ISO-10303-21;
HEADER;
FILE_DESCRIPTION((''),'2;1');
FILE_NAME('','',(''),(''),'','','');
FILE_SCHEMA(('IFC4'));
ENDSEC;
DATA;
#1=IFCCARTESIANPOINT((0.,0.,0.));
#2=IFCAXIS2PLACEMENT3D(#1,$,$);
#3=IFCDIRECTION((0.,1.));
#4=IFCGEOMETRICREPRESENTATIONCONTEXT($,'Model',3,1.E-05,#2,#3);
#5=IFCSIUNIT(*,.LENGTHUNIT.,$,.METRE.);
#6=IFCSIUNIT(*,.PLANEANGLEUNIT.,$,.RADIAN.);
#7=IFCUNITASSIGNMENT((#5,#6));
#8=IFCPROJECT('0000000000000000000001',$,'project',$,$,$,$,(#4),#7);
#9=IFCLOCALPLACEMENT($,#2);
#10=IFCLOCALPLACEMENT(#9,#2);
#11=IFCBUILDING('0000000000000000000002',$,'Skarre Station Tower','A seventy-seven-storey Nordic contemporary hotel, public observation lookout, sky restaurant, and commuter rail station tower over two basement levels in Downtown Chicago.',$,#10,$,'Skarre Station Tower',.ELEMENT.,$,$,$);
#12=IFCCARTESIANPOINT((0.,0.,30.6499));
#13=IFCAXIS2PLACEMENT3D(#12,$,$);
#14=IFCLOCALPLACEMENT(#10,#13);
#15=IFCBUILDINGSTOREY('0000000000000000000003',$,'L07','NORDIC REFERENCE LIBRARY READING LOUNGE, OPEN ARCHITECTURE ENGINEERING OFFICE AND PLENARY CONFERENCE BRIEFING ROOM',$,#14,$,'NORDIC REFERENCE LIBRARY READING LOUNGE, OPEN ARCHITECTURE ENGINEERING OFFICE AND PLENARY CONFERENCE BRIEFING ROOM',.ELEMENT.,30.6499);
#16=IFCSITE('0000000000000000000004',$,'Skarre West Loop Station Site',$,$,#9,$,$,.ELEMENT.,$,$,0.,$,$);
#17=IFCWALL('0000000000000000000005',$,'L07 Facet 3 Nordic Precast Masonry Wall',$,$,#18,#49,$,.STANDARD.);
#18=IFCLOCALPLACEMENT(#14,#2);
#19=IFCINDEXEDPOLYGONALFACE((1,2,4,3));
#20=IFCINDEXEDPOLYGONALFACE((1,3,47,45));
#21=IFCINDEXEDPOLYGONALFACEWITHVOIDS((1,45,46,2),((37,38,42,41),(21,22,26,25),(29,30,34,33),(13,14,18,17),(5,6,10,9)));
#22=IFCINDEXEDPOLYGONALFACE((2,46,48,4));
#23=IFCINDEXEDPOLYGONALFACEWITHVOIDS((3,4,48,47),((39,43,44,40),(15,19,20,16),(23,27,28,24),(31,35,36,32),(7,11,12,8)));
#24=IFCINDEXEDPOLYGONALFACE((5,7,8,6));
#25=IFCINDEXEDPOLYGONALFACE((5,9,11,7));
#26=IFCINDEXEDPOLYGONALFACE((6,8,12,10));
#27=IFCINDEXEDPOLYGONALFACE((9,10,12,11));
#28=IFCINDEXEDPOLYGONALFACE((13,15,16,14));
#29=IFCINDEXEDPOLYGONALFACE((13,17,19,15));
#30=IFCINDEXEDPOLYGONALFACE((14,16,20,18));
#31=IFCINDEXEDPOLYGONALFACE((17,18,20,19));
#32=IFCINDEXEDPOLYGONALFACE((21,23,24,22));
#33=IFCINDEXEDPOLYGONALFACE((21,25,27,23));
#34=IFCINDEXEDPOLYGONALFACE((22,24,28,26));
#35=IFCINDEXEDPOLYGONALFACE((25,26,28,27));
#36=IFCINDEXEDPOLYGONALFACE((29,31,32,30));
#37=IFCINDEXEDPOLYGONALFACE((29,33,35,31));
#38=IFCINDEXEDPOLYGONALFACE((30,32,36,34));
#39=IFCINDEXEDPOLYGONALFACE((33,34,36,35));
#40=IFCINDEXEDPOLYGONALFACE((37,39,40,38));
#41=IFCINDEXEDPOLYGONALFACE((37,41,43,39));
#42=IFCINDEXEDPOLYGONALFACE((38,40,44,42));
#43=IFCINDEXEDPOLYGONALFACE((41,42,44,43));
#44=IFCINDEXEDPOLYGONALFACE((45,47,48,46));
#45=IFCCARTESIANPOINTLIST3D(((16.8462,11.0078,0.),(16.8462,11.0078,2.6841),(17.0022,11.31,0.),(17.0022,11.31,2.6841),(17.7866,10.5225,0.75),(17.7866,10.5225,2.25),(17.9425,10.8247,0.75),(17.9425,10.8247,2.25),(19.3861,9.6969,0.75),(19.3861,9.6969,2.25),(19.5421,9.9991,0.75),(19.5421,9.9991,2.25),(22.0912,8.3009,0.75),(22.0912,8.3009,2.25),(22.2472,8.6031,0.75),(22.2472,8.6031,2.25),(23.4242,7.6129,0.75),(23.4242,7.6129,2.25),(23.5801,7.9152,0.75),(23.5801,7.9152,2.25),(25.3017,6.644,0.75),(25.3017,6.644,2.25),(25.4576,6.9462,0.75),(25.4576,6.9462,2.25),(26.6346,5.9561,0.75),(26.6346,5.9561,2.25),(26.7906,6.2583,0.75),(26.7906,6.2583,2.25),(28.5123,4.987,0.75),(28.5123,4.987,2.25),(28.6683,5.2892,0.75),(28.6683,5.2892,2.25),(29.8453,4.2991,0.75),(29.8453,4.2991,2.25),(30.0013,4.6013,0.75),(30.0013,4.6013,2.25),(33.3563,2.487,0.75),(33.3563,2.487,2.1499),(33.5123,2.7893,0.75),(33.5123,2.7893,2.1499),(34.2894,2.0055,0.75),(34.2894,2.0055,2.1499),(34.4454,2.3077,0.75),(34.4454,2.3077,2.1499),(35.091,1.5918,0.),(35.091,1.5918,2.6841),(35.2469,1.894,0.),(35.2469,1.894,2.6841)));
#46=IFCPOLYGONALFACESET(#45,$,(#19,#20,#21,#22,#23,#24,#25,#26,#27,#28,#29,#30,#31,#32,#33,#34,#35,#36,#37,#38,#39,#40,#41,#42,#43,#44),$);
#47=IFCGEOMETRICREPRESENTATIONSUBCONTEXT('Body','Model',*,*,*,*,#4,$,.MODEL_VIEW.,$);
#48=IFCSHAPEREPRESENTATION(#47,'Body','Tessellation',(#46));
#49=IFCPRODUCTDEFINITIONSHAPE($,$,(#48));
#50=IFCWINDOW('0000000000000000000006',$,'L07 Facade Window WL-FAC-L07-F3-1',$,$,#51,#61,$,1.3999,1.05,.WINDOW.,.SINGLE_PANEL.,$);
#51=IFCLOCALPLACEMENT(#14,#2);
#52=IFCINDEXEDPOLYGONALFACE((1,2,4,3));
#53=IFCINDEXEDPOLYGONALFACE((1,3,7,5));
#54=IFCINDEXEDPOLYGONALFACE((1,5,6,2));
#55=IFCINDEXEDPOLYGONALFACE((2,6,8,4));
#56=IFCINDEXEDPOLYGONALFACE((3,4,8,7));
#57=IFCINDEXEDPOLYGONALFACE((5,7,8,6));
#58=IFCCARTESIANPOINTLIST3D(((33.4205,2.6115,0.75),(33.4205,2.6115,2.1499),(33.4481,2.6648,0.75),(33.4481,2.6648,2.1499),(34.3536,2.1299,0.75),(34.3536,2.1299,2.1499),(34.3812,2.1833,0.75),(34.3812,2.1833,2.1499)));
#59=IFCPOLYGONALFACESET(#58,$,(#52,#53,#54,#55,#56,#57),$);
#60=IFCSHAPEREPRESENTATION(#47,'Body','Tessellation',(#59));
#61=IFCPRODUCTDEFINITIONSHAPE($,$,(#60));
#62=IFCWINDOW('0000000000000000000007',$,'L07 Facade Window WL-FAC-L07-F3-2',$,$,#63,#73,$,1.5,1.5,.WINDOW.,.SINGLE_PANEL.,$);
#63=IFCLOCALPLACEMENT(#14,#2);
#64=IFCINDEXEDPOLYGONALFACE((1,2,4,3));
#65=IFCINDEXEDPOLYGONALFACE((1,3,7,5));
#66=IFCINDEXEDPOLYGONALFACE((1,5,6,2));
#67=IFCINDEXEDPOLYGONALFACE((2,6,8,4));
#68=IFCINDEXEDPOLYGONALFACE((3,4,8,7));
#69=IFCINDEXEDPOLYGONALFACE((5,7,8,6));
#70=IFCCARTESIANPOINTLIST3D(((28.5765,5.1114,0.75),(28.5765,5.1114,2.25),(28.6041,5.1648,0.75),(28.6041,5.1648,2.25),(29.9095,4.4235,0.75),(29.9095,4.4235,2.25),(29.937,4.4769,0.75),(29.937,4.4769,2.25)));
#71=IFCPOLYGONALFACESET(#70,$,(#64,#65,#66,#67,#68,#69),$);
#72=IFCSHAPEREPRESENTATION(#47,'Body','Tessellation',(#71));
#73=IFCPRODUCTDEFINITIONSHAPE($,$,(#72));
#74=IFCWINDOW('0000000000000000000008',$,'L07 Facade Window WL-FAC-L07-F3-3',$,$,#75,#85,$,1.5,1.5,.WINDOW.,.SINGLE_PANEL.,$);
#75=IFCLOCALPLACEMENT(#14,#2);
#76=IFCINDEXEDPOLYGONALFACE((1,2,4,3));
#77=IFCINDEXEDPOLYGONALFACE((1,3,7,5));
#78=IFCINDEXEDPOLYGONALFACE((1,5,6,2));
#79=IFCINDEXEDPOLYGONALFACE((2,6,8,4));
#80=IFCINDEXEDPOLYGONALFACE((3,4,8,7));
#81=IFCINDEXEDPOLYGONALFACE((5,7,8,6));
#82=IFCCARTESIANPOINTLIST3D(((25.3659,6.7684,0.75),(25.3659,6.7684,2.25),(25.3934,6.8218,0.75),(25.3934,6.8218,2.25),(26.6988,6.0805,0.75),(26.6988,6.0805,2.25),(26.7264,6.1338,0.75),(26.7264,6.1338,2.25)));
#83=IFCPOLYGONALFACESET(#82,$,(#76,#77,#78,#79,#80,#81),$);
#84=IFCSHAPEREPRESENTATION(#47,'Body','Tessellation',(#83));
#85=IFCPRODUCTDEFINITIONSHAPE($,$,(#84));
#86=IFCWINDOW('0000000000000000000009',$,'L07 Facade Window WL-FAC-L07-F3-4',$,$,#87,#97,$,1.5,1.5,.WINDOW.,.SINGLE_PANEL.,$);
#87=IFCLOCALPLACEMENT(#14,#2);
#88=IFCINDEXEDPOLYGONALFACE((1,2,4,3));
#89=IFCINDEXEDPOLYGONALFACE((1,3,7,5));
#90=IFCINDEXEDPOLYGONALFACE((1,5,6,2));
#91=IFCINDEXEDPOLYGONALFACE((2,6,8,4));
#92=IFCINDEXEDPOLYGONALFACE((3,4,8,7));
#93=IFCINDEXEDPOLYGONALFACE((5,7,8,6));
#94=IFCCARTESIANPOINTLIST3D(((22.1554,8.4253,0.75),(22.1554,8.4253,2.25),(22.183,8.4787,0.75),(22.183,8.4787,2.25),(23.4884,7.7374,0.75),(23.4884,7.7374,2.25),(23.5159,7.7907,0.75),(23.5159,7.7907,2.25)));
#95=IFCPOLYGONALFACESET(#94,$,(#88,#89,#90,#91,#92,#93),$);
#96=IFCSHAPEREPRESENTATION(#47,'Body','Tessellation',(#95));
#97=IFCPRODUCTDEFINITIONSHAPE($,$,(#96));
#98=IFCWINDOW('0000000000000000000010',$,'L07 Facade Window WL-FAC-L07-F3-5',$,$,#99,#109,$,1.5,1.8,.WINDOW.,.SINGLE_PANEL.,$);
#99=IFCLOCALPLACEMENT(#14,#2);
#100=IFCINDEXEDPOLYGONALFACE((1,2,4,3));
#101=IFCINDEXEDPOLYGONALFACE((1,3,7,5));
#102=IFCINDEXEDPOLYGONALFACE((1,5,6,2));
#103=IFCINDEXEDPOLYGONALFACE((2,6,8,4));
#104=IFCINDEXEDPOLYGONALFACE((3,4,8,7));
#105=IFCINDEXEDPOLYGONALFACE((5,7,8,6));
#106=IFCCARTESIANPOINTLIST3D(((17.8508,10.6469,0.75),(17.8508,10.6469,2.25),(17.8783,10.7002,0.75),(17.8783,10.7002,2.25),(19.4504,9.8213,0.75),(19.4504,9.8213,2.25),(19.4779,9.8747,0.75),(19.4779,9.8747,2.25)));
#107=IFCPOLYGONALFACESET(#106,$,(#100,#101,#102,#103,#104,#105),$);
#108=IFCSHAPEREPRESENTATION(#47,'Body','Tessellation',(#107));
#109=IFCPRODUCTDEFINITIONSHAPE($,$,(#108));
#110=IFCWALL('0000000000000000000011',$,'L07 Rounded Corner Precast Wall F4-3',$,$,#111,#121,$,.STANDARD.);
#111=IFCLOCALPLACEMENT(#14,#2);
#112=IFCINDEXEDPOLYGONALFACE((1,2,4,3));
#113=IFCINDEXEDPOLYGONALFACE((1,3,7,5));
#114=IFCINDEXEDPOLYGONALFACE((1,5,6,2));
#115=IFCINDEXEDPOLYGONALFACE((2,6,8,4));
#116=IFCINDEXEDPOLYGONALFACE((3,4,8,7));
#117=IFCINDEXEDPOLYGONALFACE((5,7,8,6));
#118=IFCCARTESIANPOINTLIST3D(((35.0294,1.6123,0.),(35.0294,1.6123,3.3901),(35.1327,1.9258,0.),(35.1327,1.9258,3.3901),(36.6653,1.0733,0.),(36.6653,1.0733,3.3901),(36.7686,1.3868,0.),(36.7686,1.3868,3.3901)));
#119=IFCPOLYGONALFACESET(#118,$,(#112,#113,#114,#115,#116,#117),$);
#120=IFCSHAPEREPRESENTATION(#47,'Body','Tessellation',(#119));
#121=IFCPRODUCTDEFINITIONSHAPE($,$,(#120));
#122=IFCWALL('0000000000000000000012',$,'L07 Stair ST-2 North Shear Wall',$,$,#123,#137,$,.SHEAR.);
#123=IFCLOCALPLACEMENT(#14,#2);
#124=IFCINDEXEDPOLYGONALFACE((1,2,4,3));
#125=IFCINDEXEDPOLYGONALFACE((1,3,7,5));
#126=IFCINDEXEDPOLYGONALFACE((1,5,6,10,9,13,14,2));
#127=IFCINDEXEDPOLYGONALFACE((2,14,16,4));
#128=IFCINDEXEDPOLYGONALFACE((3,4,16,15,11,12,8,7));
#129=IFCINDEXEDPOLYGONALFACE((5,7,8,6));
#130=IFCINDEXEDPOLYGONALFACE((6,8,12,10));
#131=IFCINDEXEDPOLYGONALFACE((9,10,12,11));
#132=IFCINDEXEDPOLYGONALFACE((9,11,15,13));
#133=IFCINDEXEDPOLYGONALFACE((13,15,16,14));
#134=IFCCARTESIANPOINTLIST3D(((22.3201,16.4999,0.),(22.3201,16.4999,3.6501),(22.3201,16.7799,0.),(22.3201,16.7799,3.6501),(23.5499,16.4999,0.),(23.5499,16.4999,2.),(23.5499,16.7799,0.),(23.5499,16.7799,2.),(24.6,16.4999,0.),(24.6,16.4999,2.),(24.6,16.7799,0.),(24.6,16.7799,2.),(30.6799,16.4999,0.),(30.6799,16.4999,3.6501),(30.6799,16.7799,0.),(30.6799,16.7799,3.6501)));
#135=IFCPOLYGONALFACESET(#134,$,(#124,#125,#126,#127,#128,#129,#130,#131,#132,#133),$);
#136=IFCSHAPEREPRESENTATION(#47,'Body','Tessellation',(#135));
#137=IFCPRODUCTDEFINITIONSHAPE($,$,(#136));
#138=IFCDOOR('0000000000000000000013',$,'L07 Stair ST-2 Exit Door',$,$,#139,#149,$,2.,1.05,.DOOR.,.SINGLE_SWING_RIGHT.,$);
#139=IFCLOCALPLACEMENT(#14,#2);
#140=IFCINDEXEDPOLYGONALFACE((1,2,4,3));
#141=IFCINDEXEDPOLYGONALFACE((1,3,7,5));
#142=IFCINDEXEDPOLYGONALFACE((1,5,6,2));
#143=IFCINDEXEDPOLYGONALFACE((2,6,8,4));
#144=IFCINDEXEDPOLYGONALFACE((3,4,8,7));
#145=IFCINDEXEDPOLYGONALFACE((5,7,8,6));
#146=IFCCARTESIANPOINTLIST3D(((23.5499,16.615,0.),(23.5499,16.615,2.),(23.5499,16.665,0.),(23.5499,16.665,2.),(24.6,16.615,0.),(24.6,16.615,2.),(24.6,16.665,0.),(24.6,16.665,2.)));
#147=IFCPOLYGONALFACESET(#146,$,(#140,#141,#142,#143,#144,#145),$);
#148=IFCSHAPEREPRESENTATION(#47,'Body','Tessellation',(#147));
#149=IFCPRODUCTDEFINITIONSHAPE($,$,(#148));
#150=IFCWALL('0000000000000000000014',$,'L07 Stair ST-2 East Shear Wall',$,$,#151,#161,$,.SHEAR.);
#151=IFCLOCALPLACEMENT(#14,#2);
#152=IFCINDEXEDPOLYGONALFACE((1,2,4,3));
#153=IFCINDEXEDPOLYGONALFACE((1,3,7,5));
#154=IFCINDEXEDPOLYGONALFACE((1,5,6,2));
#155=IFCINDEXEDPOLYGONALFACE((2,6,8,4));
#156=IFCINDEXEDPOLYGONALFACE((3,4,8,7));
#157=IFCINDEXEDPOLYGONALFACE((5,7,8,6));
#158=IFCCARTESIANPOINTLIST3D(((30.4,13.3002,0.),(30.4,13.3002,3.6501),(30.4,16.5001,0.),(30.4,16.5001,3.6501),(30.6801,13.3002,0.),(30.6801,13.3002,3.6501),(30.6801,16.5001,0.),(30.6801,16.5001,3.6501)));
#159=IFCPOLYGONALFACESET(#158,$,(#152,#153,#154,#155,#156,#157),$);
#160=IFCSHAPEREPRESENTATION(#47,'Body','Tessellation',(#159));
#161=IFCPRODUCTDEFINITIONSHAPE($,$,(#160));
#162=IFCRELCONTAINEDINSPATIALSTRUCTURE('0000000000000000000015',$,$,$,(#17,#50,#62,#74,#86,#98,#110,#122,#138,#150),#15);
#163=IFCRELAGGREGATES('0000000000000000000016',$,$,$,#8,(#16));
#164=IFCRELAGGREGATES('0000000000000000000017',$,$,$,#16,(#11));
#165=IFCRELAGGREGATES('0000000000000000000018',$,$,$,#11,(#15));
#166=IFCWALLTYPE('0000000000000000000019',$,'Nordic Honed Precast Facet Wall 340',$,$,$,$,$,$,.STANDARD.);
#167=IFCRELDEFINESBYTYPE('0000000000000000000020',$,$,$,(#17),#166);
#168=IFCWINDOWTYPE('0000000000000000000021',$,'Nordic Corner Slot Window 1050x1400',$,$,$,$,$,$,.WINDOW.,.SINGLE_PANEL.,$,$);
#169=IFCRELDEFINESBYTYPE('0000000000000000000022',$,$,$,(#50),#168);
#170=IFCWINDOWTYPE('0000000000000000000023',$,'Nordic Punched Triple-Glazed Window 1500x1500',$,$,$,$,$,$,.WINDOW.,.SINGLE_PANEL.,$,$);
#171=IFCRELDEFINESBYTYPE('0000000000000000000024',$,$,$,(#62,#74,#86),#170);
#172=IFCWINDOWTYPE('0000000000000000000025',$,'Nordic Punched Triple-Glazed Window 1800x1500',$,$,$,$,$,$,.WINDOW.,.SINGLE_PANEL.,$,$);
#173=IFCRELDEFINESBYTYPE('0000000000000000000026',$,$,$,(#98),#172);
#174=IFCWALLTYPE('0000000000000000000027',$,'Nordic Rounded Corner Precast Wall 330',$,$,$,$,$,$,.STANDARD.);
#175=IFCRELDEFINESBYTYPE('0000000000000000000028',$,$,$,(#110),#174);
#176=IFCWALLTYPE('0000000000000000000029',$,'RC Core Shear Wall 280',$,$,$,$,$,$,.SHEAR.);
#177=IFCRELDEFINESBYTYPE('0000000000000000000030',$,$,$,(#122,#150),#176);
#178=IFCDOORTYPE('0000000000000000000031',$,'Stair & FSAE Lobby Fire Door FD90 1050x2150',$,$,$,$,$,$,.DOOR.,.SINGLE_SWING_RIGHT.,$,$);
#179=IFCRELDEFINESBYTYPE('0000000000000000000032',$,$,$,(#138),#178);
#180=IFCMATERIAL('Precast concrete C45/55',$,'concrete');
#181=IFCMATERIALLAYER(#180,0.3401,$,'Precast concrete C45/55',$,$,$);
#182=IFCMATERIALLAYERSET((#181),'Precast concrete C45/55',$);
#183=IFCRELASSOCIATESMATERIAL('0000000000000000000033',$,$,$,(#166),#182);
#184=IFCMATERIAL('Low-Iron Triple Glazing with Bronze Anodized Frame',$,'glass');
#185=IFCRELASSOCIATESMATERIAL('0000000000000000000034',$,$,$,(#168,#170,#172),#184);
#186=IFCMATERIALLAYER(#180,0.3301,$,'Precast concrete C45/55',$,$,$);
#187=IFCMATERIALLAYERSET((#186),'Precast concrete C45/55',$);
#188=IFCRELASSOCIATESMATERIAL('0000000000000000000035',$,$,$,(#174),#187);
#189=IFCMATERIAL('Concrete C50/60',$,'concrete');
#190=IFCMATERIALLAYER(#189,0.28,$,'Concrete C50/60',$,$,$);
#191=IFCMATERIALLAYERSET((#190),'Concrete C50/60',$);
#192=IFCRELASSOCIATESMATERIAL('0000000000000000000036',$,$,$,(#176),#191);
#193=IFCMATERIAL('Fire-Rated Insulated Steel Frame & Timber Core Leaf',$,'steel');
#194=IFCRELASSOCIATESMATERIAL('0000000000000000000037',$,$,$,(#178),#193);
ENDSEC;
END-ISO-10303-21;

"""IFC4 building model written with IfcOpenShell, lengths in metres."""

from ifc_helpers import new_model, si_unit, direction, frame, frame_2d, origin, place, context, subcontext, project, spatial, rectangle, extrude, material, layer, layer_set, type_object, element, fill, save


model = new_model("IFC4")

# Units and contexts
model_context = context("Model", 3, precision=1e-05, world=origin(), true_north=direction((0.0, 1.0)))
body_context = subcontext(model_context, "Body", "Model", "MODEL_VIEW")
ifc_project = project(units=[si_unit("LENGTHUNIT", "METRE"), si_unit("PLANEANGLEUNIT", "RADIAN")], contexts=[model_context])

# Site, building, storey
site_placement = place(None, origin())
site = spatial("IfcSite", under=ifc_project, at=site_placement, Name="Skarre West Loop Station Site", CompositionType="ELEMENT", RefElevation=0.0)
building_placement = place(site_placement, origin())
building = spatial("IfcBuilding", under=site, at=building_placement, Name="Skarre Station Tower", Description="A seventy-seven-storey Nordic contemporary hotel, public observation lookout, sky restaurant, and commuter rail station tower over two basement levels in Downtown Chicago.", LongName="Skarre Station Tower", CompositionType="ELEMENT")
storey_placement = place(building_placement, frame((0.0, 0.0, 30.6499)))
storey = spatial("IfcBuildingStorey", under=building, at=storey_placement, Name="L07", Description="NORDIC REFERENCE LIBRARY READING LOUNGE, OPEN ARCHITECTURE ENGINEERING OFFICE AND PLENARY CONFERENCE BRIEFING ROOM", LongName="NORDIC REFERENCE LIBRARY READING LOUNGE, OPEN ARCHITECTURE ENGINEERING OFFICE AND PLENARY CONFERENCE BRIEFING ROOM", CompositionType="ELEMENT", Elevation=30.6499)

# Wall, openings, windows
ifc_material_1 = material(Name="Precast concrete C45/55", Category="concrete")
ifc_layer_1 = layer(ifc_material_1, 0.3401, Name="Precast concrete C45/55")
ifc_layer_set_1 = layer_set([ifc_layer_1], Name="Precast concrete C45/55")
wall_type_1 = type_object("IfcWallType", Name="Nordic Honed Precast Facet Wall 340", PredefinedType="STANDARD", material=ifc_layer_set_1)
wall_1_placement = place(storey_placement, frame((35.1689, 1.7429, 0.0), z_axis=(0.0, 0.0, 1.0), x_axis=(-0.888634, 0.458616, 0.0)))
wall_1 = element("IfcWall", 1, at=wall_1_placement, inside=storey, type_object=wall_type_1, Name="L07 Facet 3 Nordic Precast Masonry Wall", PredefinedType="STANDARD", context=body_context, shape_type="SweptSolid", body=[
    extrude(rectangle(XDim=20.5312, YDim=0.3401, at=frame_2d((10.2656, 0.0))), origin(), (0.0, 0.0, 1.0), 2.6841),
])
opening_1_placement = place(wall_1_placement, frame((0.9021, 0.0, 0.75)))
opening_1 = element("IfcOpeningElement", 2, at=opening_1_placement, cuts=wall_1, PredefinedType="OPENING", context=body_context, shape_type="SweptSolid", body=[
    extrude(rectangle(XDim=1.05, YDim=1.3999, at=frame_2d((0.5249, 0.7))), frame((0.0, 0.1799, 0.0), z_axis=(0.0, -1.0, 0.0), x_axis=(1.0, 0.0, 0.0)), (0.0, 0.0, 1.0), 0.3601),
])
opening_2_placement = place(wall_1_placement, frame((5.9031, 0.0, 0.75)))
opening_2 = element("IfcOpeningElement", 3, at=opening_2_placement, cuts=wall_1, PredefinedType="OPENING", context=body_context, shape_type="SweptSolid", body=[
    extrude(rectangle(XDim=1.5, YDim=1.5, at=frame_2d((0.75, 0.75))), frame((0.0, 0.1799, 0.0), z_axis=(0.0, -1.0, 0.0), x_axis=(1.0, 0.0, 0.0)), (0.0, 0.0, 1.0), 0.3601),
])
opening_3_placement = place(wall_1_placement, frame((9.5161, 0.0, 0.75)))
opening_3 = element("IfcOpeningElement", 4, at=opening_3_placement, cuts=wall_1, PredefinedType="OPENING", context=body_context, shape_type="SweptSolid", body=[
    extrude(rectangle(XDim=1.5, YDim=1.5, at=frame_2d((0.75, 0.75))), frame((0.0, 0.1799, 0.0), z_axis=(0.0, -1.0, 0.0), x_axis=(1.0, 0.0, 0.0)), (0.0, 0.0, 1.0), 0.3601),
])
opening_4_placement = place(wall_1_placement, frame((13.1289, 0.0, 0.75)))
opening_4 = element("IfcOpeningElement", 5, at=opening_4_placement, cuts=wall_1, PredefinedType="OPENING", context=body_context, shape_type="SweptSolid", body=[
    extrude(rectangle(XDim=1.5, YDim=1.5, at=frame_2d((0.75, 0.75))), frame((0.0, 0.1799, 0.0), z_axis=(0.0, -1.0, 0.0), x_axis=(1.0, 0.0, 0.0)), (0.0, 0.0, 1.0), 0.3601),
])
opening_5_placement = place(wall_1_placement, frame((17.6731, 0.0, 0.75)))
opening_5 = element("IfcOpeningElement", 6, at=opening_5_placement, cuts=wall_1, PredefinedType="OPENING", context=body_context, shape_type="SweptSolid", body=[
    extrude(rectangle(XDim=1.8, YDim=1.5, at=frame_2d((0.8999, 0.75))), frame((0.0, 0.1799, 0.0), z_axis=(0.0, -1.0, 0.0), x_axis=(1.0, 0.0, 0.0)), (0.0, 0.0, 1.0), 0.3601),
])
ifc_material_2 = material(Name="Low-Iron Triple Glazing with Bronze Anodized Frame", Category="glass")
window_type_1 = type_object("IfcWindowType", Name="Nordic Corner Slot Window 1050x1400", PartitioningType="SINGLE_PANEL", PredefinedType="WINDOW", material=ifc_material_2)
window_1_placement = place(opening_1_placement, origin())
window_1 = element("IfcWindow", 7, at=window_1_placement, inside=storey, type_object=window_type_1, Name="L07 Facade Window WL-FAC-L07-F3-1", OverallHeight=1.3999, OverallWidth=1.05, PartitioningType="SINGLE_PANEL", PredefinedType="WINDOW", context=body_context, shape_type="SweptSolid", body=[
    extrude(rectangle(XDim=1.05, YDim=1.3999, at=frame_2d((0.5249, 0.7))), frame((0.0, 0.03, 0.0), z_axis=(0.0, -1.0, 0.0), x_axis=(1.0, 0.0, 0.0)), (0.0, 0.0, 1.0), 0.0601),
])
fill(opening_1, window_1)
window_type_2 = type_object("IfcWindowType", Name="Nordic Punched Triple-Glazed Window 1500x1500", PartitioningType="SINGLE_PANEL", PredefinedType="WINDOW", material=ifc_material_2)
window_2_placement = place(opening_2_placement, origin())
window_2 = element("IfcWindow", 8, at=window_2_placement, inside=storey, type_object=window_type_2, Name="L07 Facade Window WL-FAC-L07-F3-2", OverallHeight=1.5, OverallWidth=1.5, PartitioningType="SINGLE_PANEL", PredefinedType="WINDOW", context=body_context, shape_type="SweptSolid", body=[
    extrude(rectangle(XDim=1.5, YDim=1.5, at=frame_2d((0.75, 0.75))), frame((0.0, 0.03, 0.0), z_axis=(0.0, -1.0, 0.0), x_axis=(1.0, 0.0, 0.0)), (0.0, 0.0, 1.0), 0.0601),
])
fill(opening_2, window_2)
window_3_placement = place(opening_3_placement, origin())
window_3 = element("IfcWindow", 9, at=window_3_placement, inside=storey, type_object=window_type_2, Name="L07 Facade Window WL-FAC-L07-F3-3", OverallHeight=1.5, OverallWidth=1.5, PartitioningType="SINGLE_PANEL", PredefinedType="WINDOW", context=body_context, shape_type="SweptSolid", body=[
    extrude(rectangle(XDim=1.5, YDim=1.5, at=frame_2d((0.75, 0.75))), frame((0.0, 0.03, 0.0), z_axis=(0.0, -1.0, 0.0), x_axis=(1.0, 0.0, 0.0)), (0.0, 0.0, 1.0), 0.0601),
])
fill(opening_3, window_3)
window_4_placement = place(opening_4_placement, origin())
window_4 = element("IfcWindow", 10, at=window_4_placement, inside=storey, type_object=window_type_2, Name="L07 Facade Window WL-FAC-L07-F3-4", OverallHeight=1.5, OverallWidth=1.5, PartitioningType="SINGLE_PANEL", PredefinedType="WINDOW", context=body_context, shape_type="SweptSolid", body=[
    extrude(rectangle(XDim=1.5, YDim=1.5, at=frame_2d((0.75, 0.75))), frame((0.0, 0.03, 0.0), z_axis=(0.0, -1.0, 0.0), x_axis=(1.0, 0.0, 0.0)), (0.0, 0.0, 1.0), 0.0601),
])
fill(opening_4, window_4)
window_type_3 = type_object("IfcWindowType", Name="Nordic Punched Triple-Glazed Window 1800x1500", PartitioningType="SINGLE_PANEL", PredefinedType="WINDOW", material=ifc_material_2)
window_5_placement = place(opening_5_placement, origin())
window_5 = element("IfcWindow", 11, at=window_5_placement, inside=storey, type_object=window_type_3, Name="L07 Facade Window WL-FAC-L07-F3-5", OverallHeight=1.5, OverallWidth=1.8, PartitioningType="SINGLE_PANEL", PredefinedType="WINDOW", context=body_context, shape_type="SweptSolid", body=[
    extrude(rectangle(XDim=1.8, YDim=1.5, at=frame_2d((0.8999, 0.75))), frame((0.0, 0.03, 0.0), z_axis=(0.0, -1.0, 0.0), x_axis=(1.0, 0.0, 0.0)), (0.0, 0.0, 1.0), 0.0601),
])
fill(opening_5, window_5)

# Wall
ifc_layer_2 = layer(ifc_material_1, 0.3301, Name="Precast concrete C45/55")
ifc_layer_set_2 = layer_set([ifc_layer_2], Name="Precast concrete C45/55")
wall_type_2 = type_object("IfcWallType", Name="Nordic Rounded Corner Precast Wall 330", PredefinedType="STANDARD", material=ifc_layer_set_2)
wall_2_placement = place(storey_placement, frame((36.717, 1.23, 0.0), z_axis=(0.0, 0.0, 1.0), x_axis=(-0.949769, 0.312952, 0.0)))
element("IfcWall", 12, at=wall_2_placement, inside=storey, type_object=wall_type_2, Name="L07 Rounded Corner Precast Wall F4-3", PredefinedType="STANDARD", context=body_context, shape_type="SweptSolid", body=[
    extrude(rectangle(XDim=1.7224, YDim=0.3301, at=frame_2d((0.8613, 0.0))), origin(), (0.0, 0.0, 1.0), 3.3901),
])

# Wall, opening, door
ifc_material_3 = material(Name="Concrete C50/60", Category="concrete")
ifc_layer_3 = layer(ifc_material_3, 0.28, Name="Concrete C50/60")
ifc_layer_set_3 = layer_set([ifc_layer_3], Name="Concrete C50/60")
wall_type_3 = type_object("IfcWallType", Name="RC Core Shear Wall 280", PredefinedType="SHEAR", material=ifc_layer_set_3)
wall_3_placement = place(storey_placement, frame((30.6799, 16.6399, 0.0), z_axis=(0.0, 0.0, 1.0), x_axis=(-1.0, 0.0, 0.0)))
wall_3 = element("IfcWall", 13, at=wall_3_placement, inside=storey, type_object=wall_type_3, Name="L07 Stair ST-2 North Shear Wall", PredefinedType="SHEAR", context=body_context, shape_type="SweptSolid", body=[
    extrude(rectangle(XDim=8.3599, YDim=0.28, at=frame_2d((4.1799, 0.0))), origin(), (0.0, 0.0, 1.0), 3.6501),
])
opening_6_placement = place(wall_3_placement, frame((6.0801, 0.0, 0.0)))
opening_6 = element("IfcOpeningElement", 14, at=opening_6_placement, cuts=wall_3, PredefinedType="OPENING", context=body_context, shape_type="SweptSolid", body=[
    extrude(rectangle(XDim=1.05, YDim=2.0, at=frame_2d((0.5249, 1.0))), frame((0.0, 0.1499, 0.0), z_axis=(0.0, -1.0, 0.0), x_axis=(1.0, 0.0, 0.0)), (0.0, 0.0, 1.0), 0.3),
])
ifc_material_4 = material(Name="Fire-Rated Insulated Steel Frame & Timber Core Leaf", Category="steel")
door_type_1 = type_object("IfcDoorType", Name="Stair & FSAE Lobby Fire Door FD90 1050x2150", OperationType="SINGLE_SWING_RIGHT", PredefinedType="DOOR", material=ifc_material_4)
door_1_placement = place(opening_6_placement, origin())
door_1 = element("IfcDoor", 15, at=door_1_placement, inside=storey, type_object=door_type_1, Name="L07 Stair ST-2 Exit Door", OperationType="SINGLE_SWING_RIGHT", OverallHeight=2.0, OverallWidth=1.05, PredefinedType="DOOR", context=body_context, shape_type="SweptSolid", body=[
    extrude(rectangle(XDim=1.05, YDim=2.0, at=frame_2d((0.5249, 1.0))), frame((0.0, 0.0249, 0.0), z_axis=(0.0, -1.0, 0.0), x_axis=(1.0, 0.0, 0.0)), (0.0, 0.0, 1.0), 0.05),
])
fill(opening_6, door_1)

# Wall
wall_4_placement = place(storey_placement, frame((30.54, 13.3, 0.0), z_axis=(0.0, 0.0, 1.0), x_axis=(0.0, 1.0, 0.0)))
element("IfcWall", 16, at=wall_4_placement, inside=storey, type_object=wall_type_3, Name="L07 Stair ST-2 East Shear Wall", PredefinedType="SHEAR", context=body_context, shape_type="SweptSolid", body=[
    extrude(rectangle(XDim=3.2, YDim=0.28, at=frame_2d((1.6001, 0.0))), origin(), (0.0, 0.0, 1.0), 3.6501),
])

save(model, "model.ifc")
